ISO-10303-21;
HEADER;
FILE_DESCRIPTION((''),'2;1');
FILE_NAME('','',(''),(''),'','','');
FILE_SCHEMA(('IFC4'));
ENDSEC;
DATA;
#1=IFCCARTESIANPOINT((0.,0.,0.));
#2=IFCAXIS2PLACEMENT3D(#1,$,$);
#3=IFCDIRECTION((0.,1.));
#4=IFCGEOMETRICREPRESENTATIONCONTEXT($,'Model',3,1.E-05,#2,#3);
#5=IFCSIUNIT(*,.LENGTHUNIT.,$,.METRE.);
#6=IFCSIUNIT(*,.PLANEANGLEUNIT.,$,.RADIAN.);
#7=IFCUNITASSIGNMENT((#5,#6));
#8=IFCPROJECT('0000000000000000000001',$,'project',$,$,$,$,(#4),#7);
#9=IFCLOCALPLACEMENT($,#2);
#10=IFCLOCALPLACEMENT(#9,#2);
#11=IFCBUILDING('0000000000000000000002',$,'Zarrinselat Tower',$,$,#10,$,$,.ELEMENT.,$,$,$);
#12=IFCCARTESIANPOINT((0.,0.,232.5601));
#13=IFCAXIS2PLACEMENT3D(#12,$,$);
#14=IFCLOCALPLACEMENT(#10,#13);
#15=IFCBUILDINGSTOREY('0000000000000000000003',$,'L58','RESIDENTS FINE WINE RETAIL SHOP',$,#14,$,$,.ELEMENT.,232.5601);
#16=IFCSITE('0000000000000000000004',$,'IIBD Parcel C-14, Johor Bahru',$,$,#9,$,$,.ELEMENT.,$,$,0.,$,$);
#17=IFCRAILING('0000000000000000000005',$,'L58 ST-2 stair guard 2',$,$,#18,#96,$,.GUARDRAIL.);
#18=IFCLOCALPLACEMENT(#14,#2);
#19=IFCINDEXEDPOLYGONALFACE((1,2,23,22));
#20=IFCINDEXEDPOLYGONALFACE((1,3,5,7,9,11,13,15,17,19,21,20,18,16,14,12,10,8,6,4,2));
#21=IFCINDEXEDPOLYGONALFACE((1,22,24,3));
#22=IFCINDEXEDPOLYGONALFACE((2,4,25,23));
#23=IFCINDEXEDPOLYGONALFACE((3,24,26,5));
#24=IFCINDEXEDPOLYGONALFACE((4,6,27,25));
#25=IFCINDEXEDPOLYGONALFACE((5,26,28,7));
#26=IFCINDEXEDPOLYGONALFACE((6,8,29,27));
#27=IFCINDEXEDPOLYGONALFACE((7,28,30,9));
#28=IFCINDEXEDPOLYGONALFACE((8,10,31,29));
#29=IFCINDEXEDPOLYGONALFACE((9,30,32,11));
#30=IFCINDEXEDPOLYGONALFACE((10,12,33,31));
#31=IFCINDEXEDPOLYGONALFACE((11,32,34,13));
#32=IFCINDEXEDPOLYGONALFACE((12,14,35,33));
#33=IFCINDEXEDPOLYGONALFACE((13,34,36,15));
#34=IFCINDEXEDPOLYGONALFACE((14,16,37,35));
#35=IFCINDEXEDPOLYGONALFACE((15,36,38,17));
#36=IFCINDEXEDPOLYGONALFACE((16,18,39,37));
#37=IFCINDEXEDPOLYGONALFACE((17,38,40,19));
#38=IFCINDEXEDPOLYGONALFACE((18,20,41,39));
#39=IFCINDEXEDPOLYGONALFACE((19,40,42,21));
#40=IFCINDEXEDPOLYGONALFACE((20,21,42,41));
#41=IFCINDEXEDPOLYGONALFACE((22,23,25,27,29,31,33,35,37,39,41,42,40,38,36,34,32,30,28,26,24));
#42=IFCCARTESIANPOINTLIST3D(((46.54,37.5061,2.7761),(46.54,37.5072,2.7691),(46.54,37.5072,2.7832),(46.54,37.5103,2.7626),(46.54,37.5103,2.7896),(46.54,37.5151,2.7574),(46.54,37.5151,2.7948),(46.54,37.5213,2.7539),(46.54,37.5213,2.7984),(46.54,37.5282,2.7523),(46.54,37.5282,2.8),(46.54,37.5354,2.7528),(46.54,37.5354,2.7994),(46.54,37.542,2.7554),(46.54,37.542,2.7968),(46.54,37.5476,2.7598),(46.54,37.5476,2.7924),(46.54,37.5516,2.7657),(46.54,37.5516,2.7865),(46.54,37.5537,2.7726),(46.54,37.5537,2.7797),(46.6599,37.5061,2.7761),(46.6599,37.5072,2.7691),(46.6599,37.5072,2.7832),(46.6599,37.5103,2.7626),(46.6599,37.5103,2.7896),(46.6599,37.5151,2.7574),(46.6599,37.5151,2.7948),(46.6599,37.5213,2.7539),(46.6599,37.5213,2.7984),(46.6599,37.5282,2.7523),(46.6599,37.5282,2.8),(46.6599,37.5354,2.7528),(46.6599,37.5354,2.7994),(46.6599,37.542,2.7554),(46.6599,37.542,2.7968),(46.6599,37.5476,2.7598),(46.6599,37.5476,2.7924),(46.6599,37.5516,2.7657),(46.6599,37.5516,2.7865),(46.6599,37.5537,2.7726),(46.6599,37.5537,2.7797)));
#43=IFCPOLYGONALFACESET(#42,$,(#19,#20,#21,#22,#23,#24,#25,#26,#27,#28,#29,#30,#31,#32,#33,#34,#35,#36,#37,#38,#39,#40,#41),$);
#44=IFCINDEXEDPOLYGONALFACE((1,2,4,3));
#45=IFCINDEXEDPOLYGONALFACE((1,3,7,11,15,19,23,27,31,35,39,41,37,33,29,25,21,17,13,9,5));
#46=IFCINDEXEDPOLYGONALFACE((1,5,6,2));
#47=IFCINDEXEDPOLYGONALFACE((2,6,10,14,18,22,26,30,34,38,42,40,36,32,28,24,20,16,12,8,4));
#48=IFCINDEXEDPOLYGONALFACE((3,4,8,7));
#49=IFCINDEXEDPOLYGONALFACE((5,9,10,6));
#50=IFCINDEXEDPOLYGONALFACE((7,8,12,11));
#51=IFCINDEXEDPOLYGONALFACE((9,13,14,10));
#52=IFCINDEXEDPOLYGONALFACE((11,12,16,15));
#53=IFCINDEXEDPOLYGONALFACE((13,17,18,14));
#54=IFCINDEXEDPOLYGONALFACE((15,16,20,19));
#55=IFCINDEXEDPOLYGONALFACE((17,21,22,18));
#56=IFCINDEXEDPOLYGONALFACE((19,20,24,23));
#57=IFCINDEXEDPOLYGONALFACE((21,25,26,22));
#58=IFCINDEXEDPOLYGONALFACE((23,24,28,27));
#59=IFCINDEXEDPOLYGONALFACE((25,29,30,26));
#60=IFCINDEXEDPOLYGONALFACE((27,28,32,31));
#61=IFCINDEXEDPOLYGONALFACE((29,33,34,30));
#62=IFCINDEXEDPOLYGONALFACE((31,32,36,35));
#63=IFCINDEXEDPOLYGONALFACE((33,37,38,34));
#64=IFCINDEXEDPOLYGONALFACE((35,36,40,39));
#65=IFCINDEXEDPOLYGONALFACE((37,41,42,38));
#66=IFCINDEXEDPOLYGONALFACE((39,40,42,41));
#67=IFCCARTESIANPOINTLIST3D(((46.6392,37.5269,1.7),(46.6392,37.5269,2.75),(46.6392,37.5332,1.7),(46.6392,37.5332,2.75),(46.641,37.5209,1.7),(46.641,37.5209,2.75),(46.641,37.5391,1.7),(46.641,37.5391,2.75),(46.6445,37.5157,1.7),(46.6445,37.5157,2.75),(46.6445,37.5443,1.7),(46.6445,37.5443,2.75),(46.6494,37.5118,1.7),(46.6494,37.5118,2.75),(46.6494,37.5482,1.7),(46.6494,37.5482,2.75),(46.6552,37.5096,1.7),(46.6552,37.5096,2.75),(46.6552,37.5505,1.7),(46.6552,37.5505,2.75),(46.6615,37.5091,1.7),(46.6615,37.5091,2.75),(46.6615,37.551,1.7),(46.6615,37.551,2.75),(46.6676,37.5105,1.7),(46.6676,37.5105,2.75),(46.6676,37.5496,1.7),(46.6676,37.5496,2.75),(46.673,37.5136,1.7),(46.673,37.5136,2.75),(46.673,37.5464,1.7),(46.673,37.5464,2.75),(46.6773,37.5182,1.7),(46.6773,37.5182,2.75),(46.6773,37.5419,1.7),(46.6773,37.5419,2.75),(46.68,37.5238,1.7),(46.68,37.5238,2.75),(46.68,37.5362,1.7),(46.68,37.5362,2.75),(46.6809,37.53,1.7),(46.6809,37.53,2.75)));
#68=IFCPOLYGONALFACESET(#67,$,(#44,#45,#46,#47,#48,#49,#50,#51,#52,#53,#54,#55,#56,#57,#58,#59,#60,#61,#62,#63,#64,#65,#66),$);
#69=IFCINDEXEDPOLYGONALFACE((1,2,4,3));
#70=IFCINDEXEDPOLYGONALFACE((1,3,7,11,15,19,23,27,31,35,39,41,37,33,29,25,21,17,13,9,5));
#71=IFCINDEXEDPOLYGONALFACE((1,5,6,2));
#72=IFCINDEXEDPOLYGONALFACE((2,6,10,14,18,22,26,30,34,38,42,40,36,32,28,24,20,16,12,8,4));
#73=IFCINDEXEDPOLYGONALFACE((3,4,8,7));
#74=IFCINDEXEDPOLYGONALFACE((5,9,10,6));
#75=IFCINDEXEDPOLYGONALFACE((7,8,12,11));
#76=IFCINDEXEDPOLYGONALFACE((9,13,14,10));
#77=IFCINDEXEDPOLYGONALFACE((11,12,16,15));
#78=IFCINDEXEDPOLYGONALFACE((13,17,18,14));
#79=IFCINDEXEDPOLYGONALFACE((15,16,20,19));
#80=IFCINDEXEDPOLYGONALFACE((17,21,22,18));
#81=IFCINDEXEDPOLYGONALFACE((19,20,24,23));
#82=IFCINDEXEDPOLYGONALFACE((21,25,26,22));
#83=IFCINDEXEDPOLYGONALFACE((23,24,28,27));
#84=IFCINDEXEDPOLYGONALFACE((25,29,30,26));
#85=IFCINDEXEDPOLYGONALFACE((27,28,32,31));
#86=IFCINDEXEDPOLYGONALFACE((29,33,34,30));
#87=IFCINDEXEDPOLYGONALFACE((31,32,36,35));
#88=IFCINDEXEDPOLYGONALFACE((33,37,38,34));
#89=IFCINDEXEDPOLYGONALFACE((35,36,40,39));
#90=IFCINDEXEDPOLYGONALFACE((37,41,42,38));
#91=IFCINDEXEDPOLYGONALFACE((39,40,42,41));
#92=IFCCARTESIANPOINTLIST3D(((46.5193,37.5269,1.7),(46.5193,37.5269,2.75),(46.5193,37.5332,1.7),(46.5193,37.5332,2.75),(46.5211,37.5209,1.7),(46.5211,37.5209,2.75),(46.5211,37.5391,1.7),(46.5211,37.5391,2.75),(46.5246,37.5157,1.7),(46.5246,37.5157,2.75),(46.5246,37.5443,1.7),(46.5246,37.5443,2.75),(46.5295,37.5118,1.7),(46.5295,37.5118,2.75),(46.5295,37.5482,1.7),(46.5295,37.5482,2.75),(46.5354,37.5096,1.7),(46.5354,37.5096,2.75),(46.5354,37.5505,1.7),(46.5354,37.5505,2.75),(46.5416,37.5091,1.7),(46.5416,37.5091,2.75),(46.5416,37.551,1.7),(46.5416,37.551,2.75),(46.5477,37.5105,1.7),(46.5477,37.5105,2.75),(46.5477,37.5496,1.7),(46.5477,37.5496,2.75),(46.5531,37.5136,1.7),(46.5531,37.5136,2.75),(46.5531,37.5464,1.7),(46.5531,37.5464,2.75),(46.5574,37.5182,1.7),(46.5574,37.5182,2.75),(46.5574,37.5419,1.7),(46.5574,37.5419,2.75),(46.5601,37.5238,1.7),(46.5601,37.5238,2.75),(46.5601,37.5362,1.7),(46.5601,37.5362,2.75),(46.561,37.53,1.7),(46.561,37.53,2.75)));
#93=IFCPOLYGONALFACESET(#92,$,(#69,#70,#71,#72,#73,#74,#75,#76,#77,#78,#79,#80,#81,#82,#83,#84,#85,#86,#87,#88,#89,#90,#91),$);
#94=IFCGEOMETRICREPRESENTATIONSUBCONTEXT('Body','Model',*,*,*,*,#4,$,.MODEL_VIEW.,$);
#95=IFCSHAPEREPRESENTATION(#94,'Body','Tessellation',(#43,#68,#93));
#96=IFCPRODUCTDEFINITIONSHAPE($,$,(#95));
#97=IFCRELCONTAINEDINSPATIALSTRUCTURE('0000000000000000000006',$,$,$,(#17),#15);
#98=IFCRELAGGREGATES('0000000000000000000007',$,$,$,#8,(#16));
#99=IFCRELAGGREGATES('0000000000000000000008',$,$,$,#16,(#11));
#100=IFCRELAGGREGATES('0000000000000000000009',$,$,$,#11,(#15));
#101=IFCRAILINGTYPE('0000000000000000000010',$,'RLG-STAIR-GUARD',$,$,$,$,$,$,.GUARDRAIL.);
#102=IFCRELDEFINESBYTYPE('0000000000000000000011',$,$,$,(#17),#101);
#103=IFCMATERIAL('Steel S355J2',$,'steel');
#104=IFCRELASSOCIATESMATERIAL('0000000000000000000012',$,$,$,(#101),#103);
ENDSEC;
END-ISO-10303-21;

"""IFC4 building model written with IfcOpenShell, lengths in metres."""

from ifc_helpers import new_model, si_unit, direction, frame, origin, origin_2d, place, context, subcontext, project, spatial, circle, extrude, material, type_object, element, save


model = new_model("IFC4")

# Units and contexts
model_context = context("Model", 3, precision=1e-05, world=origin(), true_north=direction((0.0, 1.0)))
body_context = subcontext(model_context, "Body", "Model", "MODEL_VIEW")
ifc_project = project(units=[si_unit("LENGTHUNIT", "METRE"), si_unit("PLANEANGLEUNIT", "RADIAN")], contexts=[model_context])

# Site, building, storey
site_placement = place(None, origin())
site = spatial("IfcSite", under=ifc_project, at=site_placement, Name="IIBD Parcel C-14, Johor Bahru", CompositionType="ELEMENT", RefElevation=0.0)
building_placement = place(site_placement, origin())
building = spatial("IfcBuilding", under=site, at=building_placement, Name="Zarrinselat Tower", CompositionType="ELEMENT")
storey_placement = place(building_placement, frame((0.0, 0.0, 232.5601)))
storey = spatial("IfcBuildingStorey", under=building, at=storey_placement, Name="L58", Description="RESIDENTS FINE WINE RETAIL SHOP", CompositionType="ELEMENT", Elevation=232.5601)

# Railing
ifc_material_1 = material(Name="Steel S355J2", Category="steel")
railing_type = type_object("IfcRailingType", Name="RLG-STAIR-GUARD", PredefinedType="GUARDRAIL", material=ifc_material_1)
railing_1_placement = place(storey_placement, frame((46.6599, 37.53, 1.7)))
element("IfcRailing", 1, at=railing_1_placement, inside=storey, type_object=railing_type, Name="L58 ST-2 stair guard 2", PredefinedType="GUARDRAIL", context=body_context, shape_type="SweptSolid", body=[
    extrude(circle(Radius=0.0239, at=origin_2d()), frame((0.0, 0.0, 1.0762), z_axis=(-1.0, 0.0, 0.0), x_axis=(0.0, -1.0, 0.0)), (0.0, 0.0, 1.0), 0.1199),
    extrude(circle(Radius=0.021, at=origin_2d()), origin(), (0.0, 0.0, 1.0), 1.05),
    extrude(circle(Radius=0.021, at=origin_2d()), frame((-0.1199, 0.0, 0.0)), (0.0, 0.0, 1.0), 1.05),
])

save(model, "model.ifc")
